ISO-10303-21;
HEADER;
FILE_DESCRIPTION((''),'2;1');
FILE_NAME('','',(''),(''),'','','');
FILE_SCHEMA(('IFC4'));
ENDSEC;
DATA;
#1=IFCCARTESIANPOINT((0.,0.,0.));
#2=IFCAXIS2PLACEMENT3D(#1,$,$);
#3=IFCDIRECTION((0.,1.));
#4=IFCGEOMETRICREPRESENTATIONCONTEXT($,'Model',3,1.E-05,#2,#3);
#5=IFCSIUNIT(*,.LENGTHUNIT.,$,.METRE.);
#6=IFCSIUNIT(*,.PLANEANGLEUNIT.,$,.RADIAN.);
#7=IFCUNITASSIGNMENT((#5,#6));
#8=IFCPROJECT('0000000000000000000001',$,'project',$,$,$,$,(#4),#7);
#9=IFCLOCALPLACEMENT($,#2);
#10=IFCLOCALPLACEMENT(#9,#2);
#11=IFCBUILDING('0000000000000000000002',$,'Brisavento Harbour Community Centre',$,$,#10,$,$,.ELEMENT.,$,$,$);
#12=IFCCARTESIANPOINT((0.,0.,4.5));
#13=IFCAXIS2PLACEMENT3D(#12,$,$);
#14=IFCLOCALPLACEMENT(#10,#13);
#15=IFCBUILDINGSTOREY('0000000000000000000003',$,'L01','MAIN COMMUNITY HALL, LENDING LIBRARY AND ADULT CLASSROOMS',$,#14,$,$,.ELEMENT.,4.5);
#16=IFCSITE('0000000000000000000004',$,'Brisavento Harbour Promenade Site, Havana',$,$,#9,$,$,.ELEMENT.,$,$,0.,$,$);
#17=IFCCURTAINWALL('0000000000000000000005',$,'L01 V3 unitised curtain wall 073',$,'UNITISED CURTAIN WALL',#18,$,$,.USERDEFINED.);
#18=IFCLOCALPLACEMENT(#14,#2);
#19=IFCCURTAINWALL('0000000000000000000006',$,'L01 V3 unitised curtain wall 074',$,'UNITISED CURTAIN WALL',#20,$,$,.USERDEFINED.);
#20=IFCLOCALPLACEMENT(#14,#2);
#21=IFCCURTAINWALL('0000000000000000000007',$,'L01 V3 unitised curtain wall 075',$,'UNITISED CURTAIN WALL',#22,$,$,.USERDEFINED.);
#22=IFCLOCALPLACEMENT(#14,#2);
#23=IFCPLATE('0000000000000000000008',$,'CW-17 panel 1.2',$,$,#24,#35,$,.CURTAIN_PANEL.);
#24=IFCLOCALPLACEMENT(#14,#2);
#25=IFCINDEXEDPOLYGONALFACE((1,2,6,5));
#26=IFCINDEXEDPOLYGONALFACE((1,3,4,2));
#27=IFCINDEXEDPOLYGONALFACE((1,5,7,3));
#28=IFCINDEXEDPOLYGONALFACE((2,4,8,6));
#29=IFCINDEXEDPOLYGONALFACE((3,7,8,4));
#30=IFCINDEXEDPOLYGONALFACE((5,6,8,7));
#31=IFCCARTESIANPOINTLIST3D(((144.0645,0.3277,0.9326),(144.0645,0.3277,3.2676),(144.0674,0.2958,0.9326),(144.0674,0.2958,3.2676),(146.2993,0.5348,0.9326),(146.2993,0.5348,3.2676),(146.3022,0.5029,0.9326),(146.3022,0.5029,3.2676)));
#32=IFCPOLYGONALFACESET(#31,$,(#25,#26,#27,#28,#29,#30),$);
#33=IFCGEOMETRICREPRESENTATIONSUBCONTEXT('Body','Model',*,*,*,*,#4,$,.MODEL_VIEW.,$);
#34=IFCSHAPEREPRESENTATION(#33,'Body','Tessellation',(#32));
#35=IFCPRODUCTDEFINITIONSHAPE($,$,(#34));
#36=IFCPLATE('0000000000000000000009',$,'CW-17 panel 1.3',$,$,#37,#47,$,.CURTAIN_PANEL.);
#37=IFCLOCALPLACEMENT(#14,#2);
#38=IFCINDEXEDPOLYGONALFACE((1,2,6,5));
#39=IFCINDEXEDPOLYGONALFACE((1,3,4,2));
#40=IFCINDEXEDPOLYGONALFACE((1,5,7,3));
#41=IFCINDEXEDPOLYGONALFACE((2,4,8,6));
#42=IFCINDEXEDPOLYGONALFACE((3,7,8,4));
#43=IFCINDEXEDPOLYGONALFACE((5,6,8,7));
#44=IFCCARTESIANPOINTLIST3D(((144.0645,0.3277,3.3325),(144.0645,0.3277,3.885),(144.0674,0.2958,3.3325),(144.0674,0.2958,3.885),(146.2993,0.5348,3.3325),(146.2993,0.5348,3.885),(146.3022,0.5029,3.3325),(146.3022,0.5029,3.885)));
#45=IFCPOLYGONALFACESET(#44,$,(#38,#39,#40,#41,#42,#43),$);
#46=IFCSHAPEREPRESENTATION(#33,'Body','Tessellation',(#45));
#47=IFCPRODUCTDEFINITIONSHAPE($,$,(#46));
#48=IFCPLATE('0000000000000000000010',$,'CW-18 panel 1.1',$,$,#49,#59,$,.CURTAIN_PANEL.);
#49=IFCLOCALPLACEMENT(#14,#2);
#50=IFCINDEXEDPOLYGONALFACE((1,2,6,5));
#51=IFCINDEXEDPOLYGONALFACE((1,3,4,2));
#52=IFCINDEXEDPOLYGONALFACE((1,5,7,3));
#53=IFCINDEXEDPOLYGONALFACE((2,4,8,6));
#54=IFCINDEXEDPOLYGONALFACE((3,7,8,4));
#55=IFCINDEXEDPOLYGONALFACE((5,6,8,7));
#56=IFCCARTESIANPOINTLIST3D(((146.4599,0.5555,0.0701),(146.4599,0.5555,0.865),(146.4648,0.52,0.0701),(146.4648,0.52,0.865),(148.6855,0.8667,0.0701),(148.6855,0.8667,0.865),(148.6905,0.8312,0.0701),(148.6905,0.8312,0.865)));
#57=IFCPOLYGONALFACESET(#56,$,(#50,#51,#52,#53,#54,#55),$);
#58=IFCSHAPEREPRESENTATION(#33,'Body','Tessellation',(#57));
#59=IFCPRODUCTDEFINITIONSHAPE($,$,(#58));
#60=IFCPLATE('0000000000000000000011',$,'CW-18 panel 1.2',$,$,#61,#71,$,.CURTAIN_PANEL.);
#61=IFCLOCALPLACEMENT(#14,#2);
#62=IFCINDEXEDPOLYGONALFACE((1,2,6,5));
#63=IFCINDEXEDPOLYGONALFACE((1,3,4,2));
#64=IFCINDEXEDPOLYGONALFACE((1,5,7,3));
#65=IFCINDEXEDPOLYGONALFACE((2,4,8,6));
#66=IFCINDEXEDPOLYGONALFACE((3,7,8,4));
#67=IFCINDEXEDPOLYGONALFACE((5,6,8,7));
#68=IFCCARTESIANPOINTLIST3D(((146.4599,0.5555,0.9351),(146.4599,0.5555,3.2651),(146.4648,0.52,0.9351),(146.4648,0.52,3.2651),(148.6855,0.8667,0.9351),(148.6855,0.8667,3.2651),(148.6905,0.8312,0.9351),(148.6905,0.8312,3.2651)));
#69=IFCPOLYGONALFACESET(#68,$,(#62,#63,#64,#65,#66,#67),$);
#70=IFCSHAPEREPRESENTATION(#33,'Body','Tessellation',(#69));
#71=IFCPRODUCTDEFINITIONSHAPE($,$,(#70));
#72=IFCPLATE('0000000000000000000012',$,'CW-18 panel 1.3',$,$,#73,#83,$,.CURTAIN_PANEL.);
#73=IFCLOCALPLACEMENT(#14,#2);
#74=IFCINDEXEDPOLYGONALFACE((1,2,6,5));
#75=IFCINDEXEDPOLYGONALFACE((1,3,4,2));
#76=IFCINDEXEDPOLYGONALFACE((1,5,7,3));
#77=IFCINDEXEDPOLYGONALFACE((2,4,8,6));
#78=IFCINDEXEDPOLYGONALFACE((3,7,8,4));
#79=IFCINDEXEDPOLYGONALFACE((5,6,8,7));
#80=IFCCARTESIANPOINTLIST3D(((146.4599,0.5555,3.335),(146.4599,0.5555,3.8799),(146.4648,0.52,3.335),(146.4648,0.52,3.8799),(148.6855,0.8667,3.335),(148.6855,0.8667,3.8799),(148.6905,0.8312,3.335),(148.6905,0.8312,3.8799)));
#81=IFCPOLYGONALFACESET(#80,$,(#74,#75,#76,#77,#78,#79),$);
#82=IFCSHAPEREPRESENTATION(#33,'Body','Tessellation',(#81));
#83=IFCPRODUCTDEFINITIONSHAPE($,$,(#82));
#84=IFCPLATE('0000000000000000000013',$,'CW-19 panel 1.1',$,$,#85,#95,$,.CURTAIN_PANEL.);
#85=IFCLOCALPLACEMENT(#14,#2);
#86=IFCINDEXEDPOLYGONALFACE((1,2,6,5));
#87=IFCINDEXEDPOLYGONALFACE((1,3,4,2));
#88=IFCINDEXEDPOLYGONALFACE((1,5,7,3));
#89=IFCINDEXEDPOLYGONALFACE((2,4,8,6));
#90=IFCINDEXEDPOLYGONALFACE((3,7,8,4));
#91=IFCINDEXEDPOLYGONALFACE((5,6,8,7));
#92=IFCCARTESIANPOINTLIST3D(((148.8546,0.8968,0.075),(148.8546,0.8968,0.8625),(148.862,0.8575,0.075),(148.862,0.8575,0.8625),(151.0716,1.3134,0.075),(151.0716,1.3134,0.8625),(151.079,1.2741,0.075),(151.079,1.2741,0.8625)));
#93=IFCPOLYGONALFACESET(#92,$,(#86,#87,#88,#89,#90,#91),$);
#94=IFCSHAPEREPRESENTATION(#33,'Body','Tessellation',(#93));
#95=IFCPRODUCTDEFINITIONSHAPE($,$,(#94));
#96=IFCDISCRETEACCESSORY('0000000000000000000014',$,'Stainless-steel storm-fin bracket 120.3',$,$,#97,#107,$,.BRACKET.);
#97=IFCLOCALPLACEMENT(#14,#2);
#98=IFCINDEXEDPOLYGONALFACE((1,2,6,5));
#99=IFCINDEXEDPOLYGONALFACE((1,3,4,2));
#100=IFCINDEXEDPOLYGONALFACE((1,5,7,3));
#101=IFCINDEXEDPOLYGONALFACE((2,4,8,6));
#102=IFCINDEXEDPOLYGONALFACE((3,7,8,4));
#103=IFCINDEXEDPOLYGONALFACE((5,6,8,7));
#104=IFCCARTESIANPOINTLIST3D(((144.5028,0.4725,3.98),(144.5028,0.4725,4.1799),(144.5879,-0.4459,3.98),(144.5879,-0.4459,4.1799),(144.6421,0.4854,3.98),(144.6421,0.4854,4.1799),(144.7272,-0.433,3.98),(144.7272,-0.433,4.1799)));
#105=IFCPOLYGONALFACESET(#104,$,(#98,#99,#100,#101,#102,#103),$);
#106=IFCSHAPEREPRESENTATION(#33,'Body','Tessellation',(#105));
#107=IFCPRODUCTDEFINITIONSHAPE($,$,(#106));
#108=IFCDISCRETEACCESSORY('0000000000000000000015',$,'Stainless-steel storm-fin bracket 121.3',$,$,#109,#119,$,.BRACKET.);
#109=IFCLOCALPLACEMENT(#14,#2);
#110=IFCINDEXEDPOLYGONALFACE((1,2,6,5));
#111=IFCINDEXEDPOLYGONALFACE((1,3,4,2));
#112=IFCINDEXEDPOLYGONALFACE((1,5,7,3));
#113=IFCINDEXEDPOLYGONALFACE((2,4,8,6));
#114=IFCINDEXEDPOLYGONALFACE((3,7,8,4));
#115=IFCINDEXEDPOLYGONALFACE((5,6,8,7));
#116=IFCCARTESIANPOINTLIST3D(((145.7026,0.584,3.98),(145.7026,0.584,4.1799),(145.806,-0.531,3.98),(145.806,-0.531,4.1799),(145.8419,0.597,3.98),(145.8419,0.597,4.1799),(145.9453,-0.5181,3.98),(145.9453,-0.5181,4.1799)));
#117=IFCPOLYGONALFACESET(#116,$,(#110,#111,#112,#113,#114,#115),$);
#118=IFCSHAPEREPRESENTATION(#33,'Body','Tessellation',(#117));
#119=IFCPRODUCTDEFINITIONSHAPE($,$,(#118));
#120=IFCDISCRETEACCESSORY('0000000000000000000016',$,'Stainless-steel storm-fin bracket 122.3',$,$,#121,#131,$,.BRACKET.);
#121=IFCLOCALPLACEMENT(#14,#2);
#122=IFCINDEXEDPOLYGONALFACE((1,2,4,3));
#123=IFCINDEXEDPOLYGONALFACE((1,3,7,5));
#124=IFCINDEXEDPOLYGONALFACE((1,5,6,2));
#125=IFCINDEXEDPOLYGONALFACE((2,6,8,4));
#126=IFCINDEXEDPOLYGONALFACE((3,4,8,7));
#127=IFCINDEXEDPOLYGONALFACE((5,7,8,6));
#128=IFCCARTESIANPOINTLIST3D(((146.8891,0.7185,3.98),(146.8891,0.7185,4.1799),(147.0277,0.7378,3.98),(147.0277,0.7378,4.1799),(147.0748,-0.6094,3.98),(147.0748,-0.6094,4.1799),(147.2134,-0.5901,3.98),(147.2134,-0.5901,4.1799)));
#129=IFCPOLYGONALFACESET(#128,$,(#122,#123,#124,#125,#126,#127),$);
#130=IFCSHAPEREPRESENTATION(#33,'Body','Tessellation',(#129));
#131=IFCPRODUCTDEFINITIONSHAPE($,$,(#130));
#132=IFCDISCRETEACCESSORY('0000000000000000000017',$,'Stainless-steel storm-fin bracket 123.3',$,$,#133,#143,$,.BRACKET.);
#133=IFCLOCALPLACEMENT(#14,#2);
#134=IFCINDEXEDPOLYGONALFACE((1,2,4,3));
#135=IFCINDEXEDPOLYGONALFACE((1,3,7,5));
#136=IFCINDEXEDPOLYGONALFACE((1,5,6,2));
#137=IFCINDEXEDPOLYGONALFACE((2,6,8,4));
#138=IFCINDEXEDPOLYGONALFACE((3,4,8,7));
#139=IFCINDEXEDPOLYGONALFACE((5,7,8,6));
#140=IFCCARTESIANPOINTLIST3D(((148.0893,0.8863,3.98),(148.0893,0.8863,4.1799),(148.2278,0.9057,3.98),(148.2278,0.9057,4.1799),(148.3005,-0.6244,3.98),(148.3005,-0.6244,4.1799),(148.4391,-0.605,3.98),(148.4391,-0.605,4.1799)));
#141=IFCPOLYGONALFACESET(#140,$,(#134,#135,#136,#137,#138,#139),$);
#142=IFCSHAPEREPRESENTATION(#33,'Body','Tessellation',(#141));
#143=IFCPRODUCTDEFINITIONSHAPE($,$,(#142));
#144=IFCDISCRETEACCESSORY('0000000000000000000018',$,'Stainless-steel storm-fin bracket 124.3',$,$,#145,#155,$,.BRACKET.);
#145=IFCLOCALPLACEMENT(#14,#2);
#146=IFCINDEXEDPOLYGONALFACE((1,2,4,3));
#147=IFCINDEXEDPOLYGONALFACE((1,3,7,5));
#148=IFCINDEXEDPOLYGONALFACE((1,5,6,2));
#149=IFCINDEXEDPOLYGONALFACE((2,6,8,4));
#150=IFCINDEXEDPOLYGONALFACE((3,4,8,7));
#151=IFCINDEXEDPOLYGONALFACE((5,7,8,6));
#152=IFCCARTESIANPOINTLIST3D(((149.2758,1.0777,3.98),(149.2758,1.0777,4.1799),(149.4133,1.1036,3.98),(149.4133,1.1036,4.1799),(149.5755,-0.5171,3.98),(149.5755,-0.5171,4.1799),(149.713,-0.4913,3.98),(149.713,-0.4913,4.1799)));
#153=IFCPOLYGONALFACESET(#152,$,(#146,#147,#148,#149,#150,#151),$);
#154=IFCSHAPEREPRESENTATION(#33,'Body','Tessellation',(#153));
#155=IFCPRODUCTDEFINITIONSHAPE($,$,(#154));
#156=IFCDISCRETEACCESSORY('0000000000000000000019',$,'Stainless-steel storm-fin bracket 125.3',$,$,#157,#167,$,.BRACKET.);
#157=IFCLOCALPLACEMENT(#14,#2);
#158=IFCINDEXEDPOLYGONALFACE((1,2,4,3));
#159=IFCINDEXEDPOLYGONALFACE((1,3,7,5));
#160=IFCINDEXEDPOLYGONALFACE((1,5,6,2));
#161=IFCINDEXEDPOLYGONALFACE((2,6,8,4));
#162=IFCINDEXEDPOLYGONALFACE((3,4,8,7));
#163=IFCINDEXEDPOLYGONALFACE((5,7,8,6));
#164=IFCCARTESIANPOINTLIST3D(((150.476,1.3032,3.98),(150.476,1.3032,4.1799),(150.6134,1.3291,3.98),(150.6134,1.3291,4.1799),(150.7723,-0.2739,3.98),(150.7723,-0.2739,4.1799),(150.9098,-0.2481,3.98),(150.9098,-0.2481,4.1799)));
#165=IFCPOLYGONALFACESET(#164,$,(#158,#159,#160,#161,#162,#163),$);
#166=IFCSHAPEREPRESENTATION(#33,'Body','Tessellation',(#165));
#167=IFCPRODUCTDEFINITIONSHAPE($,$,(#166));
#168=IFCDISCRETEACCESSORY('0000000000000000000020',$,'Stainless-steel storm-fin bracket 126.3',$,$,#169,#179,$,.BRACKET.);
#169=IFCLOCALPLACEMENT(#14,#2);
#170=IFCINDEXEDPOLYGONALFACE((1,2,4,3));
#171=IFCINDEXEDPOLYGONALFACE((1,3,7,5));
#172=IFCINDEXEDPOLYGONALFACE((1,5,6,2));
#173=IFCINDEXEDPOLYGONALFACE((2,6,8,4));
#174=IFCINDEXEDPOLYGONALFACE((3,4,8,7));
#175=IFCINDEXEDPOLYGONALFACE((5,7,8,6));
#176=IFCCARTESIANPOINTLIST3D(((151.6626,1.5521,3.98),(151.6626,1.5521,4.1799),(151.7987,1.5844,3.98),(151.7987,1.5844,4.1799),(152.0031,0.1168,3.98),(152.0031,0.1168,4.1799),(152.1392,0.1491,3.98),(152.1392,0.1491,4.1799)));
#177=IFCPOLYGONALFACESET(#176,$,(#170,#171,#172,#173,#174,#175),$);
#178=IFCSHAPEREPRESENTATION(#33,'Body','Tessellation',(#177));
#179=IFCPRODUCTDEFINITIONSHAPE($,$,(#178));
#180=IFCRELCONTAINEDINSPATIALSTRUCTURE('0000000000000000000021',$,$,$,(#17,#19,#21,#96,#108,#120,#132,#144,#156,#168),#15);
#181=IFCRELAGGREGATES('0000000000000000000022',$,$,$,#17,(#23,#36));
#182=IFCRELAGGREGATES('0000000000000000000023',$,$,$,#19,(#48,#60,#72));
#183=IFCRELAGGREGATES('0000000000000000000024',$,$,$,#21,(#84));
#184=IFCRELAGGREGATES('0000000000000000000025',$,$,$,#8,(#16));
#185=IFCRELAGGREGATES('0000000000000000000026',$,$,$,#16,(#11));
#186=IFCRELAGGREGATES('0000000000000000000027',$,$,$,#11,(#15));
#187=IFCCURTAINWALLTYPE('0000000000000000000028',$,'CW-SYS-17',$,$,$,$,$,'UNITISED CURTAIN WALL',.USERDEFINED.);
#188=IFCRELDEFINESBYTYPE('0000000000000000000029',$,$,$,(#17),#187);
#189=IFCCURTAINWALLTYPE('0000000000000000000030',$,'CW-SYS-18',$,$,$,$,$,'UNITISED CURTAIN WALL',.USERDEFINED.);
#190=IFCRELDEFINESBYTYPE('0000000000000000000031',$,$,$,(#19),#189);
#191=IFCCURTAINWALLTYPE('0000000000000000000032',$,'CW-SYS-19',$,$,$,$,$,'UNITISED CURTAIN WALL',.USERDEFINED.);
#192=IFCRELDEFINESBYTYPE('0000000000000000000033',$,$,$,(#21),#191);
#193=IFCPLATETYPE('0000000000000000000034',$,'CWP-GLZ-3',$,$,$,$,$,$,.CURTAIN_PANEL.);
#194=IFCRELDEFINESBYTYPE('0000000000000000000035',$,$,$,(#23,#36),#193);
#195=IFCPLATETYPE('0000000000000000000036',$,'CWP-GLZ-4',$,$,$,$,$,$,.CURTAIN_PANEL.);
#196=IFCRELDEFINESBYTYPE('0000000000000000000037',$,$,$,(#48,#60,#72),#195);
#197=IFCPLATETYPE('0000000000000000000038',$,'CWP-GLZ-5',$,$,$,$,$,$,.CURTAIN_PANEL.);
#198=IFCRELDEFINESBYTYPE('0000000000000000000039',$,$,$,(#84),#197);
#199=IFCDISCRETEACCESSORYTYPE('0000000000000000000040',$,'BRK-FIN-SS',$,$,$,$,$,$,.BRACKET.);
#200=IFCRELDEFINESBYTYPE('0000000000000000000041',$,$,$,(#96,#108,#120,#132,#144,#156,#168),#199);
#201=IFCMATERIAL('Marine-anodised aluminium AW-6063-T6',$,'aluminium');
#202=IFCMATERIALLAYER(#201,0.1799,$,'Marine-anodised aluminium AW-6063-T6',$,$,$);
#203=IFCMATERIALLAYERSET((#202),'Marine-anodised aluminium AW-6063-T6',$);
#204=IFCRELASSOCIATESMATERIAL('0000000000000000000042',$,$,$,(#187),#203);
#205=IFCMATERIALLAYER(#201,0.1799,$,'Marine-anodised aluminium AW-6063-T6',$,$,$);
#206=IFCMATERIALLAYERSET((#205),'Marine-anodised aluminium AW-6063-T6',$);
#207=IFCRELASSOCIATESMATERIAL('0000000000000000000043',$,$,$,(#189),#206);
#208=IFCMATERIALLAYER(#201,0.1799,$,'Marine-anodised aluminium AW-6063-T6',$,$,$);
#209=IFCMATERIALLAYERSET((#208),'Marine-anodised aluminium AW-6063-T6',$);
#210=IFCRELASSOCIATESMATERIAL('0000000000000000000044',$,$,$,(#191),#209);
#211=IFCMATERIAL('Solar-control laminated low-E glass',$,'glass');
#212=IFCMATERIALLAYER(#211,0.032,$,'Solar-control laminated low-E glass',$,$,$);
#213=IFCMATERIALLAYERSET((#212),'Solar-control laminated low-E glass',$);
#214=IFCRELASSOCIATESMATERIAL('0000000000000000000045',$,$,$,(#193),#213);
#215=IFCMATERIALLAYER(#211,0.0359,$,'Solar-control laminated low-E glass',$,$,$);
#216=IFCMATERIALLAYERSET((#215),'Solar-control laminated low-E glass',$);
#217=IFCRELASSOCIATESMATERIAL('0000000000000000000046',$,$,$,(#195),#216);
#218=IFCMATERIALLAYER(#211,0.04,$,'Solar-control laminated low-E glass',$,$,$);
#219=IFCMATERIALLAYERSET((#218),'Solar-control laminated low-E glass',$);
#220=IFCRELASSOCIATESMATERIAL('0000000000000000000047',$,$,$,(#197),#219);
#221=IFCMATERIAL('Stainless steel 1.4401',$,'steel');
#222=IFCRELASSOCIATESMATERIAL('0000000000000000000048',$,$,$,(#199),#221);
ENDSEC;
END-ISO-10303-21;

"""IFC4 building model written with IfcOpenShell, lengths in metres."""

from ifc_helpers import new_model, si_unit, direction, frame, origin, origin_2d, place, context, subcontext, project, spatial, rectangle, extrude, material, layer, layer_set, type_object, element, aggregate, save


model = new_model("IFC4")

# Units and contexts
model_context = context("Model", 3, precision=1e-05, world=origin(), true_north=direction((0.0, 1.0)))
body_context = subcontext(model_context, "Body", "Model", "MODEL_VIEW")
ifc_project = project(units=[si_unit("LENGTHUNIT", "METRE"), si_unit("PLANEANGLEUNIT", "RADIAN")], contexts=[model_context])

# Site, building, storey
site_placement = place(None, origin())
site = spatial("IfcSite", under=ifc_project, at=site_placement, Name="Brisavento Harbour Promenade Site, Havana", CompositionType="ELEMENT", RefElevation=0.0)
building_placement = place(site_placement, origin())
building = spatial("IfcBuilding", under=site, at=building_placement, Name="Brisavento Harbour Community Centre", CompositionType="ELEMENT")
storey_placement = place(building_placement, frame((0.0, 0.0, 4.5)))
storey = spatial("IfcBuildingStorey", under=building, at=storey_placement, Name="L01", Description="MAIN COMMUNITY HALL, LENDING LIBRARY AND ADULT CLASSROOMS", CompositionType="ELEMENT", Elevation=4.5)

# Curtain wall
ifc_material_1 = material(Name="Marine-anodised aluminium AW-6063-T6", Category="aluminium")
ifc_layer_1 = layer(ifc_material_1, 0.1799, Name="Marine-anodised aluminium AW-6063-T6")
ifc_layer_set_1 = layer_set([ifc_layer_1], Name="Marine-anodised aluminium AW-6063-T6")
curtain_wall_type_1 = type_object("IfcCurtainWallType", Name="CW-SYS-17", ElementType="UNITISED CURTAIN WALL", PredefinedType="USERDEFINED", material=ifc_layer_set_1)
curtain_wall_1_placement = place(storey_placement, origin())
curtain_wall_1 = element("IfcCurtainWall", 1, at=curtain_wall_1_placement, inside=storey, type_object=curtain_wall_type_1, Name="L01 V3 unitised curtain wall 073", ObjectType="UNITISED CURTAIN WALL", PredefinedType="USERDEFINED")

# Curtain wall
ifc_layer_2 = layer(ifc_material_1, 0.1799, Name="Marine-anodised aluminium AW-6063-T6")
ifc_layer_set_2 = layer_set([ifc_layer_2], Name="Marine-anodised aluminium AW-6063-T6")
curtain_wall_type_2 = type_object("IfcCurtainWallType", Name="CW-SYS-18", ElementType="UNITISED CURTAIN WALL", PredefinedType="USERDEFINED", material=ifc_layer_set_2)
curtain_wall_2_placement = place(storey_placement, origin())
curtain_wall_2 = element("IfcCurtainWall", 2, at=curtain_wall_2_placement, inside=storey, type_object=curtain_wall_type_2, Name="L01 V3 unitised curtain wall 074", ObjectType="UNITISED CURTAIN WALL", PredefinedType="USERDEFINED")

# Curtain wall
ifc_layer_3 = layer(ifc_material_1, 0.1799, Name="Marine-anodised aluminium AW-6063-T6")
ifc_layer_set_3 = layer_set([ifc_layer_3], Name="Marine-anodised aluminium AW-6063-T6")
curtain_wall_type_3 = type_object("IfcCurtainWallType", Name="CW-SYS-19", ElementType="UNITISED CURTAIN WALL", PredefinedType="USERDEFINED", material=ifc_layer_set_3)
curtain_wall_3_placement = place(storey_placement, origin())
curtain_wall_3 = element("IfcCurtainWall", 3, at=curtain_wall_3_placement, inside=storey, type_object=curtain_wall_type_3, Name="L01 V3 unitised curtain wall 075", ObjectType="UNITISED CURTAIN WALL", PredefinedType="USERDEFINED")

# Plates
ifc_material_2 = material(Name="Solar-control laminated low-E glass", Category="glass")
ifc_layer_4 = layer(ifc_material_2, 0.032, Name="Solar-control laminated low-E glass")
ifc_layer_set_4 = layer_set([ifc_layer_4], Name="Solar-control laminated low-E glass")
plate_type_1 = type_object("IfcPlateType", Name="CWP-GLZ-3", PredefinedType="CURTAIN_PANEL", material=ifc_layer_set_4)
plate_1_placement = place(storey_placement, frame((145.1833, 0.4153, 0.9326), z_axis=(0.0, 0.0, 1.0), x_axis=(-0.995733, -0.092279, 0.0)))
plate_1 = element("IfcPlate", 4, at=plate_1_placement, type_object=plate_type_1, Name="CW-17 panel 1.2", PredefinedType="CURTAIN_PANEL", context=body_context, shape_type="SweptSolid", body=[
    extrude(rectangle(XDim=2.2444, YDim=0.032, at=origin_2d()), origin(), (0.0, 0.0, 1.0), 2.335),
])
plate_2_placement = place(storey_placement, frame((145.1833, 0.4153, 3.3325), z_axis=(0.0, 0.0, 1.0), x_axis=(-0.995733, -0.092279, 0.0)))
plate_2 = element("IfcPlate", 5, at=plate_2_placement, type_object=plate_type_1, Name="CW-17 panel 1.3", PredefinedType="CURTAIN_PANEL", context=body_context, shape_type="SweptSolid", body=[
    extrude(rectangle(XDim=2.2444, YDim=0.032, at=origin_2d()), origin(), (0.0, 0.0, 1.0), 0.5525),
])
aggregate(curtain_wall_1, [plate_1, plate_2])
ifc_layer_5 = layer(ifc_material_2, 0.0359, Name="Solar-control laminated low-E glass")
ifc_layer_set_5 = layer_set([ifc_layer_5], Name="Solar-control laminated low-E glass")
plate_type_2 = type_object("IfcPlateType", Name="CWP-GLZ-4", PredefinedType="CURTAIN_PANEL", material=ifc_layer_set_5)
plate_3_placement = place(storey_placement, frame((147.5752, 0.6934, 0.0701), z_axis=(0.0, 0.0, 1.0), x_axis=(-0.990366, -0.138477, 0.0)))
plate_3 = element("IfcPlate", 6, at=plate_3_placement, type_object=plate_type_2, Name="CW-18 panel 1.1", PredefinedType="CURTAIN_PANEL", context=body_context, shape_type="SweptSolid", body=[
    extrude(rectangle(XDim=2.2473, YDim=0.0359, at=origin_2d()), origin(), (0.0, 0.0, 1.0), 0.7949),
])
plate_4_placement = place(storey_placement, frame((147.5752, 0.6934, 0.9351), z_axis=(0.0, 0.0, 1.0), x_axis=(-0.990366, -0.138477, 0.0)))
plate_4 = element("IfcPlate", 7, at=plate_4_placement, type_object=plate_type_2, Name="CW-18 panel 1.2", PredefinedType="CURTAIN_PANEL", context=body_context, shape_type="SweptSolid", body=[
    extrude(rectangle(XDim=2.2473, YDim=0.0359, at=origin_2d()), origin(), (0.0, 0.0, 1.0), 2.3301),
])
plate_5_placement = place(storey_placement, frame((147.5752, 0.6934, 3.335), z_axis=(0.0, 0.0, 1.0), x_axis=(-0.990366, -0.138477, 0.0)))
plate_5 = element("IfcPlate", 8, at=plate_5_placement, type_object=plate_type_2, Name="CW-18 panel 1.3", PredefinedType="CURTAIN_PANEL", context=body_context, shape_type="SweptSolid", body=[
    extrude(rectangle(XDim=2.2473, YDim=0.0359, at=origin_2d()), origin(), (0.0, 0.0, 1.0), 0.5449),
])
aggregate(curtain_wall_2, [plate_3, plate_4, plate_5])
ifc_layer_6 = layer(ifc_material_2, 0.04, Name="Solar-control laminated low-E glass")
ifc_layer_set_6 = layer_set([ifc_layer_6], Name="Solar-control laminated low-E glass")
plate_type_3 = type_object("IfcPlateType", Name="CWP-GLZ-5", PredefinedType="CURTAIN_PANEL", material=ifc_layer_set_6)
plate_6_placement = place(storey_placement, frame((149.9668, 1.0854, 0.075), z_axis=(0.0, 0.0, 1.0), x_axis=(-0.982802, -0.184665, 0.0)))
plate_6 = element("IfcPlate", 9, at=plate_6_placement, type_object=plate_type_3, Name="CW-19 panel 1.1", PredefinedType="CURTAIN_PANEL", context=body_context, shape_type="SweptSolid", body=[
    extrude(rectangle(XDim=2.2559, YDim=0.04, at=origin_2d()), origin(), (0.0, 0.0, 1.0), 0.7876),
])
aggregate(curtain_wall_3, [plate_6])

# Discrete accessories
ifc_material_3 = material(Name="Stainless steel 1.4401", Category="steel")
discrete_accessory_type = type_object("IfcDiscreteAccessoryType", Name="BRK-FIN-SS", PredefinedType="BRACKET", material=ifc_material_3)
discrete_accessory_1_placement = place(storey_placement, frame((144.615, 0.0198, 3.98), z_axis=(0.0, 0.0, 1.0), x_axis=(0.092336, -0.995728, 0.0)))
element("IfcDiscreteAccessory", 10, at=discrete_accessory_1_placement, inside=storey, type_object=discrete_accessory_type, Name="Stainless-steel storm-fin bracket 120.3", PredefinedType="BRACKET", context=body_context, shape_type="SweptSolid", body=[
    extrude(rectangle(XDim=0.9224, YDim=0.1399, at=origin_2d()), origin(), (0.0, 0.0, 1.0), 0.2),
])
discrete_accessory_2_placement = place(storey_placement, frame((145.824, 0.033, 3.98), z_axis=(0.0, 0.0, 1.0), x_axis=(0.092336, -0.995728, 0.0)))
element("IfcDiscreteAccessory", 11, at=discrete_accessory_2_placement, inside=storey, type_object=discrete_accessory_type, Name="Stainless-steel storm-fin bracket 121.3", PredefinedType="BRACKET", context=body_context, shape_type="SweptSolid", body=[
    extrude(rectangle(XDim=1.1199, YDim=0.1399, at=origin_2d()), origin(), (0.0, 0.0, 1.0), 0.2),
])
discrete_accessory_3_placement = place(storey_placement, frame((147.0513, 0.0642, 3.98), z_axis=(0.0, 0.0, 1.0), x_axis=(0.138499, -0.990363, 0.0)))
element("IfcDiscreteAccessory", 12, at=discrete_accessory_3_placement, inside=storey, type_object=discrete_accessory_type, Name="Stainless-steel storm-fin bracket 122.3", PredefinedType="BRACKET", context=body_context, shape_type="SweptSolid", body=[
    extrude(rectangle(XDim=1.3408, YDim=0.1399, at=origin_2d()), origin(), (0.0, 0.0, 1.0), 0.2),
])
discrete_accessory_4_placement = place(storey_placement, frame((148.2642, 0.1406, 3.98), z_axis=(0.0, 0.0, 1.0), x_axis=(0.138499, -0.990363, 0.0)))
element("IfcDiscreteAccessory", 13, at=discrete_accessory_4_placement, inside=storey, type_object=discrete_accessory_type, Name="Stainless-steel storm-fin bracket 123.3", PredefinedType="BRACKET", context=body_context, shape_type="SweptSolid", body=[
    extrude(rectangle(XDim=1.5254, YDim=0.1399, at=origin_2d()), origin(), (0.0, 0.0, 1.0), 0.2),
])
discrete_accessory_5_placement = place(storey_placement, frame((149.4944, 0.2932, 3.98), z_axis=(0.0, 0.0, 1.0), x_axis=(0.184672, -0.9828, 0.0)))
element("IfcDiscreteAccessory", 14, at=discrete_accessory_5_placement, inside=storey, type_object=discrete_accessory_type, Name="Stainless-steel storm-fin bracket 124.3", PredefinedType="BRACKET", context=body_context, shape_type="SweptSolid", body=[
    extrude(rectangle(XDim=1.6228, YDim=0.1399, at=origin_2d()), origin(), (0.0, 0.0, 1.0), 0.2),
])
discrete_accessory_6_placement = place(storey_placement, frame((150.6929, 0.5276, 3.98), z_axis=(0.0, 0.0, 1.0), x_axis=(0.184672, -0.9828, 0.0)))
element("IfcDiscreteAccessory", 15, at=discrete_accessory_6_placement, inside=storey, type_object=discrete_accessory_type, Name="Stainless-steel storm-fin bracket 125.3", PredefinedType="BRACKET", context=body_context, shape_type="SweptSolid", body=[
    extrude(rectangle(XDim=1.6047, YDim=0.1399, at=origin_2d()), origin(), (0.0, 0.0, 1.0), 0.2),
])
discrete_accessory_7_placement = place(storey_placement, frame((151.9009, 0.8506, 3.98), z_axis=(0.0, 0.0, 1.0), x_axis=(0.230831, -0.972994, 0.0)))
element("IfcDiscreteAccessory", 16, at=discrete_accessory_7_placement, inside=storey, type_object=discrete_accessory_type, Name="Stainless-steel storm-fin bracket 126.3", PredefinedType="BRACKET", context=body_context, shape_type="SweptSolid", body=[
    extrude(rectangle(XDim=1.4751, YDim=0.1399, at=origin_2d()), origin(), (0.0, 0.0, 1.0), 0.2),
])

save(model, "model.ifc")
